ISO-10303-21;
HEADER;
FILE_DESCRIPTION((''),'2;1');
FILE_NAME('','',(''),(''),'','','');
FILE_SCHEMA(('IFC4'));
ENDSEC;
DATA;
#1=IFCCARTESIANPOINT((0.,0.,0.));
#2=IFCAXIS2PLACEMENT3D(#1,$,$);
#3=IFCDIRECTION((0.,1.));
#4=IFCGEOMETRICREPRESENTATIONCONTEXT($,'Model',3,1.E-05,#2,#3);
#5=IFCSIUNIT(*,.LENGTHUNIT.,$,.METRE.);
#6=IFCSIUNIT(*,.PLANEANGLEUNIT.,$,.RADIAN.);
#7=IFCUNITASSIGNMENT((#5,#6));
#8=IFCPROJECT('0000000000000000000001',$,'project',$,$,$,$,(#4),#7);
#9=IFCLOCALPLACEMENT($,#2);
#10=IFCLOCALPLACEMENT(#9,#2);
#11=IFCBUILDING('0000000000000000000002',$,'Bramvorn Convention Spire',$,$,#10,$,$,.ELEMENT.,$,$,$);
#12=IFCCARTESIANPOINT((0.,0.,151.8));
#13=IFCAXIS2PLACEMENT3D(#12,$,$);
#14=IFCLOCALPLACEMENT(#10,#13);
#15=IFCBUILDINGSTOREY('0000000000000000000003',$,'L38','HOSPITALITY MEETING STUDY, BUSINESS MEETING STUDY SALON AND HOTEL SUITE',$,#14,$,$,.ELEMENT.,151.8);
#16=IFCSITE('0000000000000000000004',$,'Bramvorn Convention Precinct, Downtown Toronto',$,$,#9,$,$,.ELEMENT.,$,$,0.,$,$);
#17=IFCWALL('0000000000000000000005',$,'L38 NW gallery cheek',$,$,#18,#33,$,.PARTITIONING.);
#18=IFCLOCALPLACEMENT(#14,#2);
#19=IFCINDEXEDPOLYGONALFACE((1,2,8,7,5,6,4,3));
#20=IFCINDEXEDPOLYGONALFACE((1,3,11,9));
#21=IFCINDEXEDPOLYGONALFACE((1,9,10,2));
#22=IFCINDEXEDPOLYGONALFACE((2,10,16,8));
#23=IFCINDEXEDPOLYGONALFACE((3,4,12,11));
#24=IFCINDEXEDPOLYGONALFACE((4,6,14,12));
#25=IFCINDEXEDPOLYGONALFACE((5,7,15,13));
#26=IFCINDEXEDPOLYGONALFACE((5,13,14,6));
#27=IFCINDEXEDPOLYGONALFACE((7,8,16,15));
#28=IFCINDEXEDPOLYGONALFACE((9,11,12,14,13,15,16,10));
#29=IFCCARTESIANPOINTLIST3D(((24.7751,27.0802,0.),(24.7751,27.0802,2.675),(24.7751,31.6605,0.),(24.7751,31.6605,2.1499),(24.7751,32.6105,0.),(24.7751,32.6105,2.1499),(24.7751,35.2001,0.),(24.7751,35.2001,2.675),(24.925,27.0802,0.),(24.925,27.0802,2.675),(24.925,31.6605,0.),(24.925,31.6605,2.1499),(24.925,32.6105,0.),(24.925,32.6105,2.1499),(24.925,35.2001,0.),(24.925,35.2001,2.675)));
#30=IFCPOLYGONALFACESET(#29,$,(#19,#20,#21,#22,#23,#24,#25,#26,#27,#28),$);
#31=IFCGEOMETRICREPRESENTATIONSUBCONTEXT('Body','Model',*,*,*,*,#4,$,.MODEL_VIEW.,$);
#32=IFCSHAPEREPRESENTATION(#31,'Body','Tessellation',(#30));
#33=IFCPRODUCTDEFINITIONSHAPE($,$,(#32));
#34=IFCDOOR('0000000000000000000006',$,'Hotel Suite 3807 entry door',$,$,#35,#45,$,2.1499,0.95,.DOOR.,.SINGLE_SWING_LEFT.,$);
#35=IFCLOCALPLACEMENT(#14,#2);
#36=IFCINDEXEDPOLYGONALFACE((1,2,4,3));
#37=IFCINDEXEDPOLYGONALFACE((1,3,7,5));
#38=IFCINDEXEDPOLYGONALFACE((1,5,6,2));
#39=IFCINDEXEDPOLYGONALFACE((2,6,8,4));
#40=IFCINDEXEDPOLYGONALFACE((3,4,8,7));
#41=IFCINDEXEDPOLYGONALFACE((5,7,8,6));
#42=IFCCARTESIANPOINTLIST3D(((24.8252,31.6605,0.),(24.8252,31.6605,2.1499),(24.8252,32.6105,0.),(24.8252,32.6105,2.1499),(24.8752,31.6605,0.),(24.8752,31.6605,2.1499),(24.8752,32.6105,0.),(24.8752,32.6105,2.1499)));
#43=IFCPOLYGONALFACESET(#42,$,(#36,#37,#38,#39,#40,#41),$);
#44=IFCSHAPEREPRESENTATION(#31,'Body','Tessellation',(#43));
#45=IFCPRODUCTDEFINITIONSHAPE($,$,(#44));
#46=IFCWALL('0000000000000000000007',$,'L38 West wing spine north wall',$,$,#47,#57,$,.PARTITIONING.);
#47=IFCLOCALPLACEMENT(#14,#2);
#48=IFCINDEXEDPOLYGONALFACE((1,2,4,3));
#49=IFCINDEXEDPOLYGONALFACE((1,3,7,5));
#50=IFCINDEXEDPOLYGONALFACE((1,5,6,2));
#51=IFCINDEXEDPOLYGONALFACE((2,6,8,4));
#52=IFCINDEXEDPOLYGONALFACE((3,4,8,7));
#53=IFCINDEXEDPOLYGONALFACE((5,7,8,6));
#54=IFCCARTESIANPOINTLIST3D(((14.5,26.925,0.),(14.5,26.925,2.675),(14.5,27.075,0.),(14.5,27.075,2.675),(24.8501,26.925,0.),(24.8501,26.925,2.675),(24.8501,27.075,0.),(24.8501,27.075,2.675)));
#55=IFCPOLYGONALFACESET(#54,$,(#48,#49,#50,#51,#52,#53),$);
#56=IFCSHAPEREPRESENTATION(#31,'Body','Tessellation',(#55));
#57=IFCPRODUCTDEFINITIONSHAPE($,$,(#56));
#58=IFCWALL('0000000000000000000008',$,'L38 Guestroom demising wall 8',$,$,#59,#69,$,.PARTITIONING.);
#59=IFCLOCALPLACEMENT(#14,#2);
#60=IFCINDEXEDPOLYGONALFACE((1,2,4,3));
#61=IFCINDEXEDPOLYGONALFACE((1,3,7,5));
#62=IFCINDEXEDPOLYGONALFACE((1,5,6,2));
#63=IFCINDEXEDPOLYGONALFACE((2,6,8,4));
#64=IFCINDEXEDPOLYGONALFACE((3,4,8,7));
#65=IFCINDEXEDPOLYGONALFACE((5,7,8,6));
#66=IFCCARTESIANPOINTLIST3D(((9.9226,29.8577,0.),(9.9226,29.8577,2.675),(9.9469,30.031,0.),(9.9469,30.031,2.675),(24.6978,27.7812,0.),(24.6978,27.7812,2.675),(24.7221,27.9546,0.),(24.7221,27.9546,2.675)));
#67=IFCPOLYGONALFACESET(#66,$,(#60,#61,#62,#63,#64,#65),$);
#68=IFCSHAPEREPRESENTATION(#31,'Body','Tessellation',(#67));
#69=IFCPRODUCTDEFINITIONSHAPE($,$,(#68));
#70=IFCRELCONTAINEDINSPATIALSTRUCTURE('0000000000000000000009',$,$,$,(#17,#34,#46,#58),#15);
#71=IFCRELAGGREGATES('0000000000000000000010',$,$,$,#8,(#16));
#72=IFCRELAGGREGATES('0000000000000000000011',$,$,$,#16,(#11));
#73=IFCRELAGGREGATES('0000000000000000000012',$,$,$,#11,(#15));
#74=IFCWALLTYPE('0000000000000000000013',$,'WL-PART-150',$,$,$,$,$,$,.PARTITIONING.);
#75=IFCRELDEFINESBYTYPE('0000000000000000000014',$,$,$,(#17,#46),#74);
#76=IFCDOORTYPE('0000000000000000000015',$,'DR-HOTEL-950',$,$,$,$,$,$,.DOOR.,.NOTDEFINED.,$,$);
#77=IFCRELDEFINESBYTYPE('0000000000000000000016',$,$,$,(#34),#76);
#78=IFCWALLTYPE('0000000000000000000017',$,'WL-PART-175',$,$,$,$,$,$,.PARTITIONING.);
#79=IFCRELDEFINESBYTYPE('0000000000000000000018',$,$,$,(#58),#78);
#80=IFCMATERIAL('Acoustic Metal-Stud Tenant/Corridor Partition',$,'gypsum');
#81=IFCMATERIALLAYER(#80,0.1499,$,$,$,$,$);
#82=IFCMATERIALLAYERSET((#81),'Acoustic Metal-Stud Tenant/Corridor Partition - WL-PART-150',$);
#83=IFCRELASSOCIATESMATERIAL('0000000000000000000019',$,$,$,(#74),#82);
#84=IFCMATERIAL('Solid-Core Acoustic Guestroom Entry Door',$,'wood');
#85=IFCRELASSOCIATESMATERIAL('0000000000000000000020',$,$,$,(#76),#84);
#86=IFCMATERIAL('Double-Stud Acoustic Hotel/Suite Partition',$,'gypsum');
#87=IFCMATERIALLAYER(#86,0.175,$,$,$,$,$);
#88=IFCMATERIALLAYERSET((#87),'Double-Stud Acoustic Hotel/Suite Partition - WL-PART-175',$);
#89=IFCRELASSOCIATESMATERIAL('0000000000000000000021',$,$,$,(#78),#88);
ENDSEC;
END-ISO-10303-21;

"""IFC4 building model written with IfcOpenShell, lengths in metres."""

from ifc_helpers import new_model, si_unit, direction, frame, frame_2d, origin, place, context, subcontext, project, spatial, rectangle, extrude, material, layer, layer_set, type_object, element, fill, save


model = new_model("IFC4")

# Units and contexts
model_context = context("Model", 3, precision=1e-05, world=origin(), true_north=direction((0.0, 1.0)))
body_context = subcontext(model_context, "Body", "Model", "MODEL_VIEW")
ifc_project = project(units=[si_unit("LENGTHUNIT", "METRE"), si_unit("PLANEANGLEUNIT", "RADIAN")], contexts=[model_context])

# Site, building, storey
site_placement = place(None, origin())
site = spatial("IfcSite", under=ifc_project, at=site_placement, Name="Bramvorn Convention Precinct, Downtown Toronto", CompositionType="ELEMENT", RefElevation=0.0)
building_placement = place(site_placement, origin())
building = spatial("IfcBuilding", under=site, at=building_placement, Name="Bramvorn Convention Spire", CompositionType="ELEMENT")
storey_placement = place(building_placement, frame((0.0, 0.0, 151.8)))
storey = spatial("IfcBuildingStorey", under=building, at=storey_placement, Name="L38", Description="HOSPITALITY MEETING STUDY, BUSINESS MEETING STUDY SALON AND HOTEL SUITE", CompositionType="ELEMENT", Elevation=151.8)

# Wall, opening, door
ifc_material_1 = material(Name="Acoustic Metal-Stud Tenant/Corridor Partition", Category="gypsum")
ifc_layer_1 = layer(ifc_material_1, 0.1499)
ifc_layer_set_1 = layer_set([ifc_layer_1], Name="Acoustic Metal-Stud Tenant/Corridor Partition - WL-PART-150")
wall_type_1 = type_object("IfcWallType", Name="WL-PART-150", PredefinedType="PARTITIONING", material=ifc_layer_set_1)
wall_1_placement = place(storey_placement, frame((24.8501, 27.0801, 0.0), z_axis=(0.0, 0.0, 1.0), x_axis=(0.0, 1.0, 0.0)))
wall_1 = element("IfcWall", 1, at=wall_1_placement, inside=storey, type_object=wall_type_1, Name="L38 NW gallery cheek", PredefinedType="PARTITIONING", context=body_context, shape_type="SweptSolid", body=[
    extrude(rectangle(XDim=8.1199, YDim=0.1499, at=frame_2d((4.0601, 0.0))), origin(), (0.0, 0.0, 1.0), 2.675),
])
opening_1_placement = place(wall_1_placement, frame((4.5803, 0.0, 0.0)))
opening_1 = element("IfcOpeningElement", 2, at=opening_1_placement, cuts=wall_1, PredefinedType="OPENING", context=body_context, shape_type="SweptSolid", body=[
    extrude(rectangle(XDim=0.95, YDim=2.1499, at=frame_2d((0.4751, 1.075))), frame((0.0, 0.085, 0.0), z_axis=(0.0, -1.0, 0.0), x_axis=(1.0, 0.0, 0.0)), (0.0, 0.0, 1.0), 0.1699),
])
ifc_material_2 = material(Name="Solid-Core Acoustic Guestroom Entry Door", Category="wood")
door_type_1 = type_object("IfcDoorType", Name="DR-HOTEL-950", OperationType="NOTDEFINED", PredefinedType="DOOR", material=ifc_material_2)
door_1_placement = place(opening_1_placement, origin())
door_1 = element("IfcDoor", 3, at=door_1_placement, inside=storey, type_object=door_type_1, Name="Hotel Suite 3807 entry door", OperationType="SINGLE_SWING_LEFT", OverallHeight=2.1499, OverallWidth=0.95, PredefinedType="DOOR", context=body_context, shape_type="SweptSolid", body=[
    extrude(rectangle(XDim=0.95, YDim=2.1499, at=frame_2d((0.4751, 1.075))), frame((0.0, 0.0249, 0.0), z_axis=(0.0, -1.0, 0.0), x_axis=(1.0, 0.0, 0.0)), (0.0, 0.0, 1.0), 0.05),
])
fill(opening_1, door_1)

# Walls
wall_2_placement = place(storey_placement, frame((14.5, 27.0, 0.0), z_axis=(0.0, 0.0, 1.0), x_axis=(1.0, 0.0, 0.0)))
element("IfcWall", 4, at=wall_2_placement, inside=storey, type_object=wall_type_1, Name="L38 West wing spine north wall", PredefinedType="PARTITIONING", context=body_context, shape_type="SweptSolid", body=[
    extrude(rectangle(XDim=10.3501, YDim=0.1499, at=frame_2d((5.175, 0.0))), origin(), (0.0, 0.0, 1.0), 2.675),
])
ifc_material_3 = material(Name="Double-Stud Acoustic Hotel/Suite Partition", Category="gypsum")
ifc_layer_2 = layer(ifc_material_3, 0.175)
ifc_layer_set_2 = layer_set([ifc_layer_2], Name="Double-Stud Acoustic Hotel/Suite Partition - WL-PART-175")
wall_type_2 = type_object("IfcWallType", Name="WL-PART-175", PredefinedType="PARTITIONING", material=ifc_layer_set_2)
wall_3_placement = place(storey_placement, frame((24.71, 27.8679, 0.0), z_axis=(0.0, 0.0, 1.0), x_axis=(-0.990269, 0.139167, 0.0)))
element("IfcWall", 5, at=wall_3_placement, inside=storey, type_object=wall_type_2, Name="L38 Guestroom demising wall 8", PredefinedType="PARTITIONING", context=body_context, shape_type="SweptSolid", body=[
    extrude(rectangle(XDim=14.9204, YDim=0.175, at=frame_2d((7.4602, 0.0))), origin(), (0.0, 0.0, 1.0), 2.675),
])

save(model, "model.ifc")
